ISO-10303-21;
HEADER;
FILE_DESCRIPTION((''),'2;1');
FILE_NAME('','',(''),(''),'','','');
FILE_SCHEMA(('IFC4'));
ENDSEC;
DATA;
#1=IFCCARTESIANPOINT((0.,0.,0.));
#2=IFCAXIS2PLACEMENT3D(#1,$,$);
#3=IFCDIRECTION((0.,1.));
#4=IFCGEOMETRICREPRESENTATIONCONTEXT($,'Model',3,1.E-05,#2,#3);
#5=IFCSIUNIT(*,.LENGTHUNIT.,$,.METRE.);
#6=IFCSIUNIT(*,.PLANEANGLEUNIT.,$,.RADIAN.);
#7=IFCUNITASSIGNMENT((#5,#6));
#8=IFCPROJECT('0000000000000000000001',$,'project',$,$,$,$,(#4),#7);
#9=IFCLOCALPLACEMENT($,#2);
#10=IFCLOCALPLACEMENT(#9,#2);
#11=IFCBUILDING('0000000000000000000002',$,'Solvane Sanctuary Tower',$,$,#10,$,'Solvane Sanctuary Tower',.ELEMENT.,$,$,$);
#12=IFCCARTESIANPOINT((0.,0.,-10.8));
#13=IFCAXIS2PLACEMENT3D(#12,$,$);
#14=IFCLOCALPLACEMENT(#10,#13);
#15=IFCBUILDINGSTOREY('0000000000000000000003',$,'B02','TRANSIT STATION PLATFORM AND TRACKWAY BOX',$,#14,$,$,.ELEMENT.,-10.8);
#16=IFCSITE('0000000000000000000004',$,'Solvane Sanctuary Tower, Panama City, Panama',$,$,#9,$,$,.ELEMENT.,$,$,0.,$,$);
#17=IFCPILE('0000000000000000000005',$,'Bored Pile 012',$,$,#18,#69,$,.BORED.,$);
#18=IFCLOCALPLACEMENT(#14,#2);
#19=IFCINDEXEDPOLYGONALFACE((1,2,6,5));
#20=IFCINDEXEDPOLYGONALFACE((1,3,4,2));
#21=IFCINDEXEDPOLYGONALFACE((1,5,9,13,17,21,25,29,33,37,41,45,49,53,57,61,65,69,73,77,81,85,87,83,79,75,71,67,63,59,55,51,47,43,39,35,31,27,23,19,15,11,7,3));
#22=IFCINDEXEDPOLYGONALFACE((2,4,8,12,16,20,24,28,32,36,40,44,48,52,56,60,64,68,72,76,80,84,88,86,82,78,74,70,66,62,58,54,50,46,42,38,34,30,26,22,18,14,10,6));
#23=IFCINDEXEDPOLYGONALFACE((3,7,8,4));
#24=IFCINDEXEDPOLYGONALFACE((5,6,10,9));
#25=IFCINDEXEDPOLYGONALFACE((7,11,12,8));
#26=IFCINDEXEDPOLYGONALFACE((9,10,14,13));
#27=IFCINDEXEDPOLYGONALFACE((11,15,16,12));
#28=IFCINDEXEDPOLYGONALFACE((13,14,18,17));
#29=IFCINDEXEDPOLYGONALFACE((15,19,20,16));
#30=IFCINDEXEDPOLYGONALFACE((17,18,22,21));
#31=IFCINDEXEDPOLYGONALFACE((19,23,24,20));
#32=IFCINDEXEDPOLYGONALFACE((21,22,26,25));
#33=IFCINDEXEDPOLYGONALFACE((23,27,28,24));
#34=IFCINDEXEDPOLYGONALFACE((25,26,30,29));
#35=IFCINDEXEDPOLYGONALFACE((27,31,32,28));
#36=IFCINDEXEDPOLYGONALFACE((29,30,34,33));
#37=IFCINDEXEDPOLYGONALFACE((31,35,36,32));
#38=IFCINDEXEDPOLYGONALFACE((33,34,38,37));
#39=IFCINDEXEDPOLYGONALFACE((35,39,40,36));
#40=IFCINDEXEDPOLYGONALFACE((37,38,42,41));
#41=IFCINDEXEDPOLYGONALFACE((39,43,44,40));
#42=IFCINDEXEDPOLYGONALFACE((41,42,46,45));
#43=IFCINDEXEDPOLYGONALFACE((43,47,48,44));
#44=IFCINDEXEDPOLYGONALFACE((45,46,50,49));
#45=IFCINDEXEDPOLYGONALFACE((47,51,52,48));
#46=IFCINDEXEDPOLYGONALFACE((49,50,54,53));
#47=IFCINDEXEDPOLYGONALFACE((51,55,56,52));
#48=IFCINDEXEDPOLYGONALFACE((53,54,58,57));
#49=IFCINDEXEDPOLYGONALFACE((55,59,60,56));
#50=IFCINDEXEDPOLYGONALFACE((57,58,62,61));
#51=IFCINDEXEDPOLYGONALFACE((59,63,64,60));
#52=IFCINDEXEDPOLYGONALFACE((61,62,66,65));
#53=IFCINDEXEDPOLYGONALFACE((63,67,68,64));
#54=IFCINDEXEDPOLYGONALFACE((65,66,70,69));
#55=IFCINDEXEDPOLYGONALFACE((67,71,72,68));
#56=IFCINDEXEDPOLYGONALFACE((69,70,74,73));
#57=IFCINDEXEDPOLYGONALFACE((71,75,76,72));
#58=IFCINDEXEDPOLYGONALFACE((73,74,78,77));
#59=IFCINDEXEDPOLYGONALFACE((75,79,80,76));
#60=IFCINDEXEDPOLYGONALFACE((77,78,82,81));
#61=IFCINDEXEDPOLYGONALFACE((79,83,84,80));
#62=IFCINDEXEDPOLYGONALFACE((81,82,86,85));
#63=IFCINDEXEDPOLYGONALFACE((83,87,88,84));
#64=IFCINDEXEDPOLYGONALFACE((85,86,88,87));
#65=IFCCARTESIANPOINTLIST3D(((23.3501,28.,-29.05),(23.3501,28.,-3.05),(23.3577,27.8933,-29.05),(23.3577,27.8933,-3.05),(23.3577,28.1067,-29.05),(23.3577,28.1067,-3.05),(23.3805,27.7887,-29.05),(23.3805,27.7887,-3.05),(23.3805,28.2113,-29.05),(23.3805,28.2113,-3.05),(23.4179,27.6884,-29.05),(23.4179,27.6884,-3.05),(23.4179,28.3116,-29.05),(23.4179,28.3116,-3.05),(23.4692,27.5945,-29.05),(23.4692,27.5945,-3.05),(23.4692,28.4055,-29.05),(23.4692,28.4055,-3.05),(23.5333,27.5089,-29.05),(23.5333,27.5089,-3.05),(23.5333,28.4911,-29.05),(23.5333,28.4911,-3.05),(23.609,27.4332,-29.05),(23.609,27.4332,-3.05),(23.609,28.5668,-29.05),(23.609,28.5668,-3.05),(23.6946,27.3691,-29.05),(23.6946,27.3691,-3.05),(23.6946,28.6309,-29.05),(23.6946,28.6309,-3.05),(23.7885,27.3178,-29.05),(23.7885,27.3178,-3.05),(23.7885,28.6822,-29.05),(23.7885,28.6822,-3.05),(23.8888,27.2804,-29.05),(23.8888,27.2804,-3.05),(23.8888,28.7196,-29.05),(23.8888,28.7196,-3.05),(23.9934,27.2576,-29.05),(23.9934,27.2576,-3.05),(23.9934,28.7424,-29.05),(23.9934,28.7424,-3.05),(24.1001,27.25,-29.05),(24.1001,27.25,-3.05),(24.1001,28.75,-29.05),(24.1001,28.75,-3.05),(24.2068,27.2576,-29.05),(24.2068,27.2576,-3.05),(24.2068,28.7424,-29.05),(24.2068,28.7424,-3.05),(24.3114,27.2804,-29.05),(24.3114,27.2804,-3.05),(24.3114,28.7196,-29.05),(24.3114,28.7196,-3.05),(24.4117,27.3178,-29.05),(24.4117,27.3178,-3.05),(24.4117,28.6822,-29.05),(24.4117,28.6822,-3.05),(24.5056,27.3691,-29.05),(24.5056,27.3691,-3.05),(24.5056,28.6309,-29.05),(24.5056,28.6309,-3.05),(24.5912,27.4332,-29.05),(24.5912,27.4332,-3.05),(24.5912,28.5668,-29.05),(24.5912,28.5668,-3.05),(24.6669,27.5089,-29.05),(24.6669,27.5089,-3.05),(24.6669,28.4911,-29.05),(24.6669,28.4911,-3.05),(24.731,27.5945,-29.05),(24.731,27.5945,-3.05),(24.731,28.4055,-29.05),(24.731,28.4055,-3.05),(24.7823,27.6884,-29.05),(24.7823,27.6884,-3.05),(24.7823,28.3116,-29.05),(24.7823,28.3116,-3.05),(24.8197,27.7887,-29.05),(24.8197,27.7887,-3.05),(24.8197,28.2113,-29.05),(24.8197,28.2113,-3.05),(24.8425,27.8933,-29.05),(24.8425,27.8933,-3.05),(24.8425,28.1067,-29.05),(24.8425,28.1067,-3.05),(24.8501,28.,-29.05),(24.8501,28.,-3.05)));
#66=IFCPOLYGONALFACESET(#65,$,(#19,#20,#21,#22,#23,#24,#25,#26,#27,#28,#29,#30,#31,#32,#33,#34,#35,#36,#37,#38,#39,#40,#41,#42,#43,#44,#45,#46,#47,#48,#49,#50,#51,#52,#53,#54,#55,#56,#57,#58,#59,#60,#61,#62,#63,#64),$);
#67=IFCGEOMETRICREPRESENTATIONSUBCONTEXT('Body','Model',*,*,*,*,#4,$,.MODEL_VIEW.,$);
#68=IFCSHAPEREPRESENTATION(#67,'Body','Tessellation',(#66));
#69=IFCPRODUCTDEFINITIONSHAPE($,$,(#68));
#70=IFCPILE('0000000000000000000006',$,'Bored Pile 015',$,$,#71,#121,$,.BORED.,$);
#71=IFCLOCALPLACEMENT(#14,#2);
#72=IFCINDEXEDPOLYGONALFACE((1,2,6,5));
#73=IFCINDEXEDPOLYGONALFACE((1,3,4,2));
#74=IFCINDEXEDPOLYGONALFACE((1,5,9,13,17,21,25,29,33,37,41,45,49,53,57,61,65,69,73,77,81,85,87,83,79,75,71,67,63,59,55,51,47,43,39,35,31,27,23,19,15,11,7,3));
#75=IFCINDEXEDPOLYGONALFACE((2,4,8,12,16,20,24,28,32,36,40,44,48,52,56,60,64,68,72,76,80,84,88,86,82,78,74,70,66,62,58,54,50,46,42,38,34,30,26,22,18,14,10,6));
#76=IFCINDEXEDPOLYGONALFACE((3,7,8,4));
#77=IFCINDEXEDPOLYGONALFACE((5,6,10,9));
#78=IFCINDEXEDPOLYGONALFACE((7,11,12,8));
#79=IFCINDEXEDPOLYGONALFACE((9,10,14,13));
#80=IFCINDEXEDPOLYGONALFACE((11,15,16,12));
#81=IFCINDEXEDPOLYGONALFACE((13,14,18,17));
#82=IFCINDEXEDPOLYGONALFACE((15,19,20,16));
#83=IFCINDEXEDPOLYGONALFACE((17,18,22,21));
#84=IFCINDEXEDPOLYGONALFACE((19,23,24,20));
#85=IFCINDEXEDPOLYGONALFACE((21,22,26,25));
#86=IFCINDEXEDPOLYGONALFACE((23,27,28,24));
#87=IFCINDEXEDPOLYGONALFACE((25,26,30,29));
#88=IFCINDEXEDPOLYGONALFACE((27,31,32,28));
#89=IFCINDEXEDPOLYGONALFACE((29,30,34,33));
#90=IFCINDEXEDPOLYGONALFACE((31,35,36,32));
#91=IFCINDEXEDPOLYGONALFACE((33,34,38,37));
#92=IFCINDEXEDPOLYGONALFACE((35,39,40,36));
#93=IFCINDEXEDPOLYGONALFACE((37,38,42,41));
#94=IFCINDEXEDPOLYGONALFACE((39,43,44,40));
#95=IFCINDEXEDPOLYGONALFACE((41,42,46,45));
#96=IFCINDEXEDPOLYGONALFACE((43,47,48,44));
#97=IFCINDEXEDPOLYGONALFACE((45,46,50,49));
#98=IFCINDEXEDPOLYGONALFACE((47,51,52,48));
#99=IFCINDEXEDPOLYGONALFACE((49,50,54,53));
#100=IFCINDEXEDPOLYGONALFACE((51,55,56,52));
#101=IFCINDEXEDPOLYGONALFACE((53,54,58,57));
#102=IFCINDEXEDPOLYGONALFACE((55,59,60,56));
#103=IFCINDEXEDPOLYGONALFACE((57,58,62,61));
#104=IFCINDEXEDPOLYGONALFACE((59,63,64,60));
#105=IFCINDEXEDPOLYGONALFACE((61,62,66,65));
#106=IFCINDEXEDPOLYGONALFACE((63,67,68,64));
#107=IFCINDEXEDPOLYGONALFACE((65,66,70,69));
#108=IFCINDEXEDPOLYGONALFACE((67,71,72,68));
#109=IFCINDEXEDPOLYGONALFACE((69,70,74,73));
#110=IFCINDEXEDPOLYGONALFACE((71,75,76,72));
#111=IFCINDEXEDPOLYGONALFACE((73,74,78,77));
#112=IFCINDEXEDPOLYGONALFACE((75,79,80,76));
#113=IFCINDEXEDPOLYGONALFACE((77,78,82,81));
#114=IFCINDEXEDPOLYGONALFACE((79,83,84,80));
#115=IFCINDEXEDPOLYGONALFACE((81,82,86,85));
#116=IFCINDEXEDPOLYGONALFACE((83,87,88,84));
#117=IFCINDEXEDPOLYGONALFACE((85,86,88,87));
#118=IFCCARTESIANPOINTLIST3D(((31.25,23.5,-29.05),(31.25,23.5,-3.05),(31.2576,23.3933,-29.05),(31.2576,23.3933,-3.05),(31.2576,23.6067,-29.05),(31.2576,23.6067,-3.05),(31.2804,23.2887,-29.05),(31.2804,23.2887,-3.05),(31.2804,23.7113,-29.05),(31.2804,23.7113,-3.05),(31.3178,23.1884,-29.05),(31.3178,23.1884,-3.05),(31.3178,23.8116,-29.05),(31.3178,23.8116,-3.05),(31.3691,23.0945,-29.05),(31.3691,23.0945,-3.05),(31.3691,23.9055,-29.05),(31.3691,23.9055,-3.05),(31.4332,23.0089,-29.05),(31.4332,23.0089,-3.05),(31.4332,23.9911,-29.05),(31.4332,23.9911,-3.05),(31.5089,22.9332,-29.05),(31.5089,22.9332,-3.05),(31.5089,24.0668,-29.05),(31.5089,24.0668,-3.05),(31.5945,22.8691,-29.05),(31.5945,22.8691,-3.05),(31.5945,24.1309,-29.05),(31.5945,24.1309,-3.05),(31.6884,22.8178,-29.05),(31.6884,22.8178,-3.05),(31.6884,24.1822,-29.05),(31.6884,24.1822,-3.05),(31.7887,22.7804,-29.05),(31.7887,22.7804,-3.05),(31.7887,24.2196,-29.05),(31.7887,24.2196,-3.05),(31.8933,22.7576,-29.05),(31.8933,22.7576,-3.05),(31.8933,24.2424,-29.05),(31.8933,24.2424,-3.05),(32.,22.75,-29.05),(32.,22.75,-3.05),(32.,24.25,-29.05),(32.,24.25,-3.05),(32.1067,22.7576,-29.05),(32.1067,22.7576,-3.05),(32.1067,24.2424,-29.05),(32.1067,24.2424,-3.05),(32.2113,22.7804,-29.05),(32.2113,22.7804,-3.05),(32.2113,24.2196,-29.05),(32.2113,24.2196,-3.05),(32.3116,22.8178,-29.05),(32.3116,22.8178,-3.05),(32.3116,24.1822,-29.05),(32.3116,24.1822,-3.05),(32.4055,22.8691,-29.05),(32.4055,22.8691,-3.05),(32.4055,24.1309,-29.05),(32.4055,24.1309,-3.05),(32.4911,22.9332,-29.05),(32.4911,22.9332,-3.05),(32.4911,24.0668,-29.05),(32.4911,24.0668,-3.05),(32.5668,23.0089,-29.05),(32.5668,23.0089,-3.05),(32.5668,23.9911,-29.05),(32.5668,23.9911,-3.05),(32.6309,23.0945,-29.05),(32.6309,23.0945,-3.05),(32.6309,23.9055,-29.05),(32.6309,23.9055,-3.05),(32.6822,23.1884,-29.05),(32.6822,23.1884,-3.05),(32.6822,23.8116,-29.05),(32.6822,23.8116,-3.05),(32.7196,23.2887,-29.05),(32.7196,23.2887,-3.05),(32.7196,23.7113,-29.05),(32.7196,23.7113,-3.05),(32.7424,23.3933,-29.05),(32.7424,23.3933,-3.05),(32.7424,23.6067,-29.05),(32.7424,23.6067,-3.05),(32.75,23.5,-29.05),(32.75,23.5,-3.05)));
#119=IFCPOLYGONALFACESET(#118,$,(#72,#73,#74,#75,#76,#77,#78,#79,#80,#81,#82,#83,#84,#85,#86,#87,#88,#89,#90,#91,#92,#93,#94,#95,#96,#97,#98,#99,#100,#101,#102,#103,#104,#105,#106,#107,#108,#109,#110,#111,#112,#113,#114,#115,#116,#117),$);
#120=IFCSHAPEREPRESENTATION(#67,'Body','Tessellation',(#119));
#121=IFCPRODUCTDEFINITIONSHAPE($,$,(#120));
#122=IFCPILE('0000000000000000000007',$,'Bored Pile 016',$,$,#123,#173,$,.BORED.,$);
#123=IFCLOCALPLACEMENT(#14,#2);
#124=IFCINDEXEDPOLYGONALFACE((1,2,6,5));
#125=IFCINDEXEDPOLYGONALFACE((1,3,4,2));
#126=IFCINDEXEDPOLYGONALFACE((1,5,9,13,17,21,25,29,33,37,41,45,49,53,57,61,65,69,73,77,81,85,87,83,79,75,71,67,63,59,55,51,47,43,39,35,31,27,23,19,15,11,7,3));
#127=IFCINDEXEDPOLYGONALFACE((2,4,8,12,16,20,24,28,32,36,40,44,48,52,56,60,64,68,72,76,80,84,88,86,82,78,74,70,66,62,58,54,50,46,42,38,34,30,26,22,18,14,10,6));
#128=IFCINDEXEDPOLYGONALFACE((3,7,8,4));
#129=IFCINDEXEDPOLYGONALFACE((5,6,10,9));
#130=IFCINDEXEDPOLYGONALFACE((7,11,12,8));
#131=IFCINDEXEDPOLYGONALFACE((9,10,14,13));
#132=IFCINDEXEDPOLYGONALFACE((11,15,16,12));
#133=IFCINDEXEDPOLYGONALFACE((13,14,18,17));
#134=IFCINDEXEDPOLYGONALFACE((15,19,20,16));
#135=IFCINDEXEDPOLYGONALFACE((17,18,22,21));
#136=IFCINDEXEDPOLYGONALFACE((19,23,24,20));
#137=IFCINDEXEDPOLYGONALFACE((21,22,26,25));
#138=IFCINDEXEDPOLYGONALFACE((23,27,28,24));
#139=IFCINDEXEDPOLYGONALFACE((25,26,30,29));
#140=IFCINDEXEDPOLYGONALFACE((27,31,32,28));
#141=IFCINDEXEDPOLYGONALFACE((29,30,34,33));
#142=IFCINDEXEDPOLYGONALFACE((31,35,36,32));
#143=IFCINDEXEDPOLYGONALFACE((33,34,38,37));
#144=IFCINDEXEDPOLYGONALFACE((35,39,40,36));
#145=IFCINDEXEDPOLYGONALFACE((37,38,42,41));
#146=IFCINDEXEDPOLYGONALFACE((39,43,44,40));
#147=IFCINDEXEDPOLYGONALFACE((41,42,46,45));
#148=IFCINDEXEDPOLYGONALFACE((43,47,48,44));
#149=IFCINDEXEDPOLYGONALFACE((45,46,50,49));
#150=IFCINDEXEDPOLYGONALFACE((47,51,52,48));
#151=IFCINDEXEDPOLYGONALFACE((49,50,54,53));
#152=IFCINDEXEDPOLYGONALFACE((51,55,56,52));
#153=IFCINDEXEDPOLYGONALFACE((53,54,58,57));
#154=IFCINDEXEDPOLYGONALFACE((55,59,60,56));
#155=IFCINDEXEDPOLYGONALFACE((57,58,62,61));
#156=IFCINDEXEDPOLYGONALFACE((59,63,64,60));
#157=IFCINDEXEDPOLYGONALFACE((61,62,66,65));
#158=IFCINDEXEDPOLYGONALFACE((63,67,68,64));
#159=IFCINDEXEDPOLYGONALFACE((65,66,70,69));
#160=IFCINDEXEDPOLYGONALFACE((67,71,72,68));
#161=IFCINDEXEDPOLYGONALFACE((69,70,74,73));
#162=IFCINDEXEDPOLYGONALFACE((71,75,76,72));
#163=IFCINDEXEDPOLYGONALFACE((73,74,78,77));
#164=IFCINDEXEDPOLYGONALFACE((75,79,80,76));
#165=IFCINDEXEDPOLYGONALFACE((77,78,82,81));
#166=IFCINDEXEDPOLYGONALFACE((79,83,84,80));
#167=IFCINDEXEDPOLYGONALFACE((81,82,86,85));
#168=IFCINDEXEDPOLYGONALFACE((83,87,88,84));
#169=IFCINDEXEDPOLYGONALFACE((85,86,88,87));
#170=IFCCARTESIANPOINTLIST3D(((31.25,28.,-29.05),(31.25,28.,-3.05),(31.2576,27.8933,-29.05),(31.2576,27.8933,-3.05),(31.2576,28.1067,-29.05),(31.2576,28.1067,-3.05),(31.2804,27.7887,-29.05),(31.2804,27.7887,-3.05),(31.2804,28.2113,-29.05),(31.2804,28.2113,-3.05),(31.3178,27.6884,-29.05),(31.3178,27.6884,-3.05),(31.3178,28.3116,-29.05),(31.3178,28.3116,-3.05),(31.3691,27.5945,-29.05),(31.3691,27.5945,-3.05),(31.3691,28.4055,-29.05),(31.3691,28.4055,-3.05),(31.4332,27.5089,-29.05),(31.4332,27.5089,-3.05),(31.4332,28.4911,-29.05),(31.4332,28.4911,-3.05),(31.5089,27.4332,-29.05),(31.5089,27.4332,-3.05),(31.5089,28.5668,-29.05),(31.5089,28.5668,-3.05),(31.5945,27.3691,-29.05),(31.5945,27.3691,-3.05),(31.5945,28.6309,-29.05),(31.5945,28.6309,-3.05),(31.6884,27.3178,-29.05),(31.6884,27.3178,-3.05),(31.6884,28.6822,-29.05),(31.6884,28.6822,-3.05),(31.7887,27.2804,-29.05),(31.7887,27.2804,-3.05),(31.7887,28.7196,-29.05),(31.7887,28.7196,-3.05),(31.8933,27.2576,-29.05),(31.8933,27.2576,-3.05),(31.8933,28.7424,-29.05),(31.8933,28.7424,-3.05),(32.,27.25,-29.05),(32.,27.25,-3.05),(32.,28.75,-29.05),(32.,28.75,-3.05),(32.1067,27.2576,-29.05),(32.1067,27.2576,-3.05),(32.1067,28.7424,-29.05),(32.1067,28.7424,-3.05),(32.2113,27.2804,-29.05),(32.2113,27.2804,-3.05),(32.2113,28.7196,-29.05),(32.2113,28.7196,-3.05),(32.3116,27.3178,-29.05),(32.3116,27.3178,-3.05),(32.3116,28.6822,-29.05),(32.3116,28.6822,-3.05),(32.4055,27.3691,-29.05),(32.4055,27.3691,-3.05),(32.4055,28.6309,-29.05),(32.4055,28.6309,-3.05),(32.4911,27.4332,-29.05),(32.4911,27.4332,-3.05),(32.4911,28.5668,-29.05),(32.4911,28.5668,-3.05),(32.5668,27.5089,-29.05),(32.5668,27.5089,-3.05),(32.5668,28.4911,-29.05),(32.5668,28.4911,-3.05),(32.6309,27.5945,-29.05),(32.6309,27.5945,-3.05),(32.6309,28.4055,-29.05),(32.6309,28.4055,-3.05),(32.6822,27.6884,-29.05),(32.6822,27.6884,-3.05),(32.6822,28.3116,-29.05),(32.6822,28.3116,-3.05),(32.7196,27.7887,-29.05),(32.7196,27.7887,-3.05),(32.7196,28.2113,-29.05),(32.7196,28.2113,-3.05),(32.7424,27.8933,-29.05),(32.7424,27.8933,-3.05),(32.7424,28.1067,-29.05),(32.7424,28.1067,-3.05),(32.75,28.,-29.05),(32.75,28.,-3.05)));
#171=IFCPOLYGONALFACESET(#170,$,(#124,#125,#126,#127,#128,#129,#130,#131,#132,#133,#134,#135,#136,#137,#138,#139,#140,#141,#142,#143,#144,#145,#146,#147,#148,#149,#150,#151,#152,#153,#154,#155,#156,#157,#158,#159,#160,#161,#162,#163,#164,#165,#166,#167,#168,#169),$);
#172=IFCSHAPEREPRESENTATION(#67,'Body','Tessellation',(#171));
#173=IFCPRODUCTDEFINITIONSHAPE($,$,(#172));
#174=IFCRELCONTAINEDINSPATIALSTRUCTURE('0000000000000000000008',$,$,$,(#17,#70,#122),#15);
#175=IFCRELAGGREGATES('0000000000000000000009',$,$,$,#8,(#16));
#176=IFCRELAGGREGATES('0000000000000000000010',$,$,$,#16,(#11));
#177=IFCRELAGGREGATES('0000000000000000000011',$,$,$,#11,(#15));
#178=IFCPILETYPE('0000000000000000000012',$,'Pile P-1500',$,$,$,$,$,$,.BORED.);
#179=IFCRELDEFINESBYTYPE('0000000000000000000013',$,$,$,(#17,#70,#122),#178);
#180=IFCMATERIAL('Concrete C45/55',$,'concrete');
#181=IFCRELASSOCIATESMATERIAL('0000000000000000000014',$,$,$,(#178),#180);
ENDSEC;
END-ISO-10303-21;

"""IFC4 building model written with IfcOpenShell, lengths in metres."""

from ifc_helpers import new_model, si_unit, direction, frame, origin, origin_2d, place, context, subcontext, project, spatial, circle, extrude, material, material_profile, profile_set, type_object, element, save


model = new_model("IFC4")

# Units and contexts
model_context = context("Model", 3, precision=1e-05, world=origin(), true_north=direction((0.0, 1.0)))
body_context = subcontext(model_context, "Body", "Model", "MODEL_VIEW")
ifc_project = project(units=[si_unit("LENGTHUNIT", "METRE"), si_unit("PLANEANGLEUNIT", "RADIAN")], contexts=[model_context])

# Site, building, storey
site_placement = place(None, origin())
site = spatial("IfcSite", under=ifc_project, at=site_placement, Name="Solvane Sanctuary Tower, Panama City, Panama", CompositionType="ELEMENT", RefElevation=0.0)
building_placement = place(site_placement, origin())
building = spatial("IfcBuilding", under=site, at=building_placement, Name="Solvane Sanctuary Tower", LongName="Solvane Sanctuary Tower", CompositionType="ELEMENT")
storey_placement = place(building_placement, frame((0.0, 0.0, -10.8)))
storey = spatial("IfcBuildingStorey", under=building, at=storey_placement, Name="B02", Description="TRANSIT STATION PLATFORM AND TRACKWAY BOX", CompositionType="ELEMENT", Elevation=-10.8)

# Piles
ifc_material_1 = material(Name="Concrete C45/55", Category="concrete")
ifc_material_profile_1 = material_profile(ifc_material_1, circle(Radius=0.75, at=origin_2d()), Name="PILE1500")
ifc_profile_set_1 = profile_set([ifc_material_profile_1], Name="Concrete C45/55")
pile_type = type_object("IfcPileType", Name="Pile P-1500", PredefinedType="BORED", material=ifc_profile_set_1)
for number, where, z_axis, x_axis, name in (
    (1, (24.1001, 28.0, -3.05), (0.0, 0.0, -1.0), (1.0, 0.0, 0.0), "Bored Pile 012"),
    (2, (32.0, 23.5, -3.05), (0.0, 0.0, -1.0), (1.0, 0.0, 0.0), "Bored Pile 015"),
    (3, (32.0, 28.0, -3.05), (0.0, 0.0, -1.0), (1.0, 0.0, 0.0), "Bored Pile 016"),
):
    element("IfcPile", number, at=place(storey_placement, frame(where, z_axis=z_axis, x_axis=x_axis)), inside=storey, type_object=pile_type, Name=name, PredefinedType="BORED", context=body_context, shape_type="SweptSolid", body=[
        extrude(circle(Radius=0.75, at=origin_2d()), origin(), (0.0, 0.0, 1.0), 26.0),
    ])

save(model, "model.ifc")
